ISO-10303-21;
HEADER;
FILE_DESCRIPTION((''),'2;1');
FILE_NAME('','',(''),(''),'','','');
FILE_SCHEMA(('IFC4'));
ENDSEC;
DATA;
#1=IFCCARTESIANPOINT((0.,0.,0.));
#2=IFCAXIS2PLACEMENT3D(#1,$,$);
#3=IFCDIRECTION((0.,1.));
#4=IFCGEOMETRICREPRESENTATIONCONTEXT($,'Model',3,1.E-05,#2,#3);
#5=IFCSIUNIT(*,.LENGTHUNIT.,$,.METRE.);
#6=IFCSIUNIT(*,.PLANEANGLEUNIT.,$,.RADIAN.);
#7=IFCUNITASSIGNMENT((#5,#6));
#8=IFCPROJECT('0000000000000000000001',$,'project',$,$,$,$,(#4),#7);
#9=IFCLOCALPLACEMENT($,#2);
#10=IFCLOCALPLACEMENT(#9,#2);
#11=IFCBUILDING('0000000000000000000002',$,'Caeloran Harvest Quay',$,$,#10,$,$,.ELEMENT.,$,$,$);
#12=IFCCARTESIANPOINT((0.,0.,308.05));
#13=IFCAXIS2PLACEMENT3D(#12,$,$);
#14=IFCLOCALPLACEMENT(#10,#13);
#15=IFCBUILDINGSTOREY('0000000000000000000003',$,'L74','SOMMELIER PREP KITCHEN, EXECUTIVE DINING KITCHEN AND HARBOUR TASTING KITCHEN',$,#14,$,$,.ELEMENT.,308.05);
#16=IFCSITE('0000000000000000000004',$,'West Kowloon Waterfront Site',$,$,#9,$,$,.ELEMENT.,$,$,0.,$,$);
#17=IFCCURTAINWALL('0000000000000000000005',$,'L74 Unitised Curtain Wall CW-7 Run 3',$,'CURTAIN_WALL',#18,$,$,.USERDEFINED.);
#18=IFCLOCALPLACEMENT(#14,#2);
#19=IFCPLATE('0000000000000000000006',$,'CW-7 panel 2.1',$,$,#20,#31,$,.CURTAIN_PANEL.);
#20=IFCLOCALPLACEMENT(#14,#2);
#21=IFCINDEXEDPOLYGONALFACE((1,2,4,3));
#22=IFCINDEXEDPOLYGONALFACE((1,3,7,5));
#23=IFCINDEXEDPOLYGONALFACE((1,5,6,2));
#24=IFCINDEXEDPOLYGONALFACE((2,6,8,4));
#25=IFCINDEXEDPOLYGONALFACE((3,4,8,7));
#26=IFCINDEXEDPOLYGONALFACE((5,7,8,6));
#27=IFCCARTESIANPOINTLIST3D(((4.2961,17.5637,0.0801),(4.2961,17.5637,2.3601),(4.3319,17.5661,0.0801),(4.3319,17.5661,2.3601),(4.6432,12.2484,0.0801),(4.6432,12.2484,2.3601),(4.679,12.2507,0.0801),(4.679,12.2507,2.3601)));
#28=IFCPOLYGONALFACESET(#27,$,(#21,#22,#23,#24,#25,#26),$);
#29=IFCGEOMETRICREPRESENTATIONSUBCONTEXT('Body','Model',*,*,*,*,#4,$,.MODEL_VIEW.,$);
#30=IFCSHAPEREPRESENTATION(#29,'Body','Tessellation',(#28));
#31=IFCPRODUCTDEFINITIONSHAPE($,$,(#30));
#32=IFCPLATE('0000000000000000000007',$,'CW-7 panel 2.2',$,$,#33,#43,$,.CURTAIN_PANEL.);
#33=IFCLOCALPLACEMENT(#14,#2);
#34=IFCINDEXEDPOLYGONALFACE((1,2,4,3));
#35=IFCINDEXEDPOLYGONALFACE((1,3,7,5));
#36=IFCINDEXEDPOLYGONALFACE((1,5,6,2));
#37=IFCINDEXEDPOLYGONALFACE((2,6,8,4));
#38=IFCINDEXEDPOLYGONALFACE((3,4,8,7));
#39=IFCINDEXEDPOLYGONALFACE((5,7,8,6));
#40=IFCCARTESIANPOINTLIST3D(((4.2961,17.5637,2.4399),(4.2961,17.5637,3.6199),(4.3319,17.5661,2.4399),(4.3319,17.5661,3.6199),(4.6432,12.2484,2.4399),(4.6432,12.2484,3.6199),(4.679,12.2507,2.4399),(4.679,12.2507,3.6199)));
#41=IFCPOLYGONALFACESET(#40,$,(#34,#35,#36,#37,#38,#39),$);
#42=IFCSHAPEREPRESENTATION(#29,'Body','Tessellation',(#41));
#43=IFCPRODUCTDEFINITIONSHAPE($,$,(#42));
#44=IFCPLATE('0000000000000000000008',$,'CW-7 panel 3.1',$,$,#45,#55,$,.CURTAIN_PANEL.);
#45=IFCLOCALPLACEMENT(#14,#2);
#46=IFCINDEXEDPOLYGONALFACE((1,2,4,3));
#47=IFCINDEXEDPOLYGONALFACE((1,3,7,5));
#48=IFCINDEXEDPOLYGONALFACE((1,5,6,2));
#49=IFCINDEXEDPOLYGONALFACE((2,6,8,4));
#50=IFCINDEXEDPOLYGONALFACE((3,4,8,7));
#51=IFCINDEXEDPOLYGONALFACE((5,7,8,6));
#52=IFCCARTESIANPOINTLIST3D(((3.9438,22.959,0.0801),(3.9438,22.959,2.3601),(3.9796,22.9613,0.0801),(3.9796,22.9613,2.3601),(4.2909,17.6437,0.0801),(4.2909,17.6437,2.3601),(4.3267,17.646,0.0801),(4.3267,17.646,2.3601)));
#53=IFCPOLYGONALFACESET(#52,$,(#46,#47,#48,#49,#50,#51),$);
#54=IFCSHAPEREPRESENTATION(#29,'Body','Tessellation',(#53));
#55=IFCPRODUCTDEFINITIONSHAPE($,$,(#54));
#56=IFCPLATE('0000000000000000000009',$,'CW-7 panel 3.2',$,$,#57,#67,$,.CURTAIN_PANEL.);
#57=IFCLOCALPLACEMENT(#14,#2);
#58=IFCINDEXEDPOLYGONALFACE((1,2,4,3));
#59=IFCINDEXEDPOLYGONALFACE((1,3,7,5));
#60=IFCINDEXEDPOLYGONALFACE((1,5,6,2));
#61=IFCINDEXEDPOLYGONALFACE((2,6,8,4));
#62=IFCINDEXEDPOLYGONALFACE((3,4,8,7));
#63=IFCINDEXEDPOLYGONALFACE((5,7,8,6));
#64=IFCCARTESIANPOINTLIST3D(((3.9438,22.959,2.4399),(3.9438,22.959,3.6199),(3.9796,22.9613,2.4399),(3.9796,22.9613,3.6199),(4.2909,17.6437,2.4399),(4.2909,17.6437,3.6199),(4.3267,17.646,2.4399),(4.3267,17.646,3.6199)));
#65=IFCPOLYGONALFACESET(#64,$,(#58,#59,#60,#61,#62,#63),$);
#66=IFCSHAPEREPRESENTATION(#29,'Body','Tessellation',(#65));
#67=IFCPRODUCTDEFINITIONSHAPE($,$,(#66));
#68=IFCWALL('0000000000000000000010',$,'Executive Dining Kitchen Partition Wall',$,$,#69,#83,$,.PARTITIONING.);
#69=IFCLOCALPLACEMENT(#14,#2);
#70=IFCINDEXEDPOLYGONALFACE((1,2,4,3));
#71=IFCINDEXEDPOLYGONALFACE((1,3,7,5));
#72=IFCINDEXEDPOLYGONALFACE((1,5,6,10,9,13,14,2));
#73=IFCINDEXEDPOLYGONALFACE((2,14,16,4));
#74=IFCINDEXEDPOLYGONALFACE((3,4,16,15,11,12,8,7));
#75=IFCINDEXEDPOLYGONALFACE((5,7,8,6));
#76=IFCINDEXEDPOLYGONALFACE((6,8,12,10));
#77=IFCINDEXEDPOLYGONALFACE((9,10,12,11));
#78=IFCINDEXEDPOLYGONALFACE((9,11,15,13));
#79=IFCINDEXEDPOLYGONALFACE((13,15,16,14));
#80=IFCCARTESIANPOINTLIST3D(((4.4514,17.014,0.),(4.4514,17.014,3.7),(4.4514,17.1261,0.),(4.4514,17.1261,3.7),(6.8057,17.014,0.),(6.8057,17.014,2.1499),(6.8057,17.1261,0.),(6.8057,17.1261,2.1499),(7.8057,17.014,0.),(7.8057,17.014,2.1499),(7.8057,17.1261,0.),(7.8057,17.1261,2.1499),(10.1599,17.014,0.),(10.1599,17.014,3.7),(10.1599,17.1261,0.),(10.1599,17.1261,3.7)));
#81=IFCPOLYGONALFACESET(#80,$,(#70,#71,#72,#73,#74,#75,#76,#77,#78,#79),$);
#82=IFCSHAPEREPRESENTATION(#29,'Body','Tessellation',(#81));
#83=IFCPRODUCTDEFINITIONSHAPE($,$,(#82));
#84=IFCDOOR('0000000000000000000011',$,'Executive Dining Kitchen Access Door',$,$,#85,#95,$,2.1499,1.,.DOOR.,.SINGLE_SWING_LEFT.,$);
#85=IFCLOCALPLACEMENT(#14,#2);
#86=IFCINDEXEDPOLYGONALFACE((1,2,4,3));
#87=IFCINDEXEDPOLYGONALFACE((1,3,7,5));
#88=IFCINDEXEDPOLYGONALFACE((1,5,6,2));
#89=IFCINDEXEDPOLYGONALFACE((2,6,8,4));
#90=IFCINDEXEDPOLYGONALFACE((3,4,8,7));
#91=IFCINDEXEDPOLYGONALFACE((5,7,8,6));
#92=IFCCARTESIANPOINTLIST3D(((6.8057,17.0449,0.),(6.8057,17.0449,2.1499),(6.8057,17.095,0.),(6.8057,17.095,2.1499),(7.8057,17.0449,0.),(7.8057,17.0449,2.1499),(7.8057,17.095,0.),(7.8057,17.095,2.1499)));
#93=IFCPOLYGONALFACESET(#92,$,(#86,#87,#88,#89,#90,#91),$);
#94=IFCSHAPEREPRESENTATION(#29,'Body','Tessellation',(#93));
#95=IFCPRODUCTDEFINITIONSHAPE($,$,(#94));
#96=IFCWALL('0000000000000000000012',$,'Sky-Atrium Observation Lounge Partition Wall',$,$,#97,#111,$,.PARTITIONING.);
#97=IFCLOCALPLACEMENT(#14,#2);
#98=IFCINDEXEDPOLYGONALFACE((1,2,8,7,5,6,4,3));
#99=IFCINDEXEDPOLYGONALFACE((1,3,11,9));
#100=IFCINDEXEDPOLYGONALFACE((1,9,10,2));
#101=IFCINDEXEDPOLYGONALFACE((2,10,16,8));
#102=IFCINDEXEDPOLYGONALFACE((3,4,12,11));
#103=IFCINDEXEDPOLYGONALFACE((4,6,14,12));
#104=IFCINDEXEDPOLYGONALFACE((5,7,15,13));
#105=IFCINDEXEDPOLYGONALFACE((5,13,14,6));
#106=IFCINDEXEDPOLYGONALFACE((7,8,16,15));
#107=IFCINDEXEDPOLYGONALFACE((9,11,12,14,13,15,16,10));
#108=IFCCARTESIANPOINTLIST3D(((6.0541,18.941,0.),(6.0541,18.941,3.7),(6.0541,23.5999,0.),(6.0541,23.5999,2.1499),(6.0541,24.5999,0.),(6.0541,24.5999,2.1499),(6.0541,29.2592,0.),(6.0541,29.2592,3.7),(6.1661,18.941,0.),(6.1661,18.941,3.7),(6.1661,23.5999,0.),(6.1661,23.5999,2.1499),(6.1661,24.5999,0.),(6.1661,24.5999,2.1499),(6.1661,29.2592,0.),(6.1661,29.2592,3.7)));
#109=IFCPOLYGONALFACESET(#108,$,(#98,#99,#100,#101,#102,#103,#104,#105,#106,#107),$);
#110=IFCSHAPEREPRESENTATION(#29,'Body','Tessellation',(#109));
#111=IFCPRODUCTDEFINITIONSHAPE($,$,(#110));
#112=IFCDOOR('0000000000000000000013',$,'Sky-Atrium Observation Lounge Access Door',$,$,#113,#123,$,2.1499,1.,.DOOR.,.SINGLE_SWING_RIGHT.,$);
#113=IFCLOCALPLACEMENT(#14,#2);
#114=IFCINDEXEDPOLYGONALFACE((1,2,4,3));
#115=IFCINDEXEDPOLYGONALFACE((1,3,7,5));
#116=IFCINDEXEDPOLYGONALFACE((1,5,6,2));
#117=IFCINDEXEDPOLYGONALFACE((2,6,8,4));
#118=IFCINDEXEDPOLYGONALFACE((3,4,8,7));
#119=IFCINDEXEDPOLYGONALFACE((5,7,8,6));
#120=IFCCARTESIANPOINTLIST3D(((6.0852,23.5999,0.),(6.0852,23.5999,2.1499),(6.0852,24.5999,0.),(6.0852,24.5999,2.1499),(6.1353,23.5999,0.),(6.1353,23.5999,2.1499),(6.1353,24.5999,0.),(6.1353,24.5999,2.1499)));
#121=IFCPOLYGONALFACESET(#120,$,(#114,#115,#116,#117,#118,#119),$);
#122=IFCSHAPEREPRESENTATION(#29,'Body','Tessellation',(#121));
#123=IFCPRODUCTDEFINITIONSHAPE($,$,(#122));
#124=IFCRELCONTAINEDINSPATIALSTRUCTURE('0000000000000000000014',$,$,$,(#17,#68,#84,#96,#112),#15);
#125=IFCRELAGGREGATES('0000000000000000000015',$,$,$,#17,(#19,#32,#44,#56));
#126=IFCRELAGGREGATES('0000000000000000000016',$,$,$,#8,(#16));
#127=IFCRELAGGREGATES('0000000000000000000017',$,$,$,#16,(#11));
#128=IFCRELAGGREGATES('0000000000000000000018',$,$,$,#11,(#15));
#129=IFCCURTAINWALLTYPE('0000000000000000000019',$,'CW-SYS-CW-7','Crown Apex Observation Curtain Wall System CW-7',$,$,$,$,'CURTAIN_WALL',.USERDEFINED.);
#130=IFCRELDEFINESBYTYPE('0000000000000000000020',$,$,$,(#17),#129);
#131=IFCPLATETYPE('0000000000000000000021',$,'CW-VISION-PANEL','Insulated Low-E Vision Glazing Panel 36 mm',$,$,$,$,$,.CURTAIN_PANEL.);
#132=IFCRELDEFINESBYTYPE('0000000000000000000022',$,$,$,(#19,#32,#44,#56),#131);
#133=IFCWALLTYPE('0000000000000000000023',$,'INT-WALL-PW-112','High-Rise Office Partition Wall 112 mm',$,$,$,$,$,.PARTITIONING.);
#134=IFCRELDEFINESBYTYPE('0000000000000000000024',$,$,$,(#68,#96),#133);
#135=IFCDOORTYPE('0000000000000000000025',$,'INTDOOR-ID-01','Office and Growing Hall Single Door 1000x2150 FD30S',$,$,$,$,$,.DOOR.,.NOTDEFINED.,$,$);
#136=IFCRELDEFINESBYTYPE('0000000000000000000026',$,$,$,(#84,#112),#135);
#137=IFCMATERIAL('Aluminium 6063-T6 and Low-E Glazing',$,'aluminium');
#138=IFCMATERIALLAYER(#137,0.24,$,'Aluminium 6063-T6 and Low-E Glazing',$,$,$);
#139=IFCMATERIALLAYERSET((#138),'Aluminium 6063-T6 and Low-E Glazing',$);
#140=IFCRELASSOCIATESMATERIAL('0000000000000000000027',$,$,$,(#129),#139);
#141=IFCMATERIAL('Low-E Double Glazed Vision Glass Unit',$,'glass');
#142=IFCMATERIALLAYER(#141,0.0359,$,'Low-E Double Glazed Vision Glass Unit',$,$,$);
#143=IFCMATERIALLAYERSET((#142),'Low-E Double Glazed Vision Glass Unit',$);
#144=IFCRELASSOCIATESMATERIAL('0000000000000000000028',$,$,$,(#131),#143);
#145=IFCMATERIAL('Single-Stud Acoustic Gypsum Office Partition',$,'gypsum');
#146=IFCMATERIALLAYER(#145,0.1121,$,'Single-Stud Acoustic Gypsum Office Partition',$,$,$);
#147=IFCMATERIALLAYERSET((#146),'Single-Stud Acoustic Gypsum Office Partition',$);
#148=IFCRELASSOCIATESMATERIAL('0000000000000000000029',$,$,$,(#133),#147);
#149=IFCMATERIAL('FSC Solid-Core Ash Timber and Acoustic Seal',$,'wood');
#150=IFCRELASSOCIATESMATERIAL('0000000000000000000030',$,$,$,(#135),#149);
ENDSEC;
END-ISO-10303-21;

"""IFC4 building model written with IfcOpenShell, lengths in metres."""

from ifc_helpers import new_model, si_unit, direction, frame, frame_2d, origin, origin_2d, place, context, subcontext, project, spatial, rectangle, extrude, material, layer, layer_set, type_object, element, fill, aggregate, save


model = new_model("IFC4")

# Units and contexts
model_context = context("Model", 3, precision=1e-05, world=origin(), true_north=direction((0.0, 1.0)))
body_context = subcontext(model_context, "Body", "Model", "MODEL_VIEW")
ifc_project = project(units=[si_unit("LENGTHUNIT", "METRE"), si_unit("PLANEANGLEUNIT", "RADIAN")], contexts=[model_context])

# Site, building, storey
site_placement = place(None, origin())
site = spatial("IfcSite", under=ifc_project, at=site_placement, Name="West Kowloon Waterfront Site", CompositionType="ELEMENT", RefElevation=0.0)
building_placement = place(site_placement, origin())
building = spatial("IfcBuilding", under=site, at=building_placement, Name="Caeloran Harvest Quay", CompositionType="ELEMENT")
storey_placement = place(building_placement, frame((0.0, 0.0, 308.05)))
storey = spatial("IfcBuildingStorey", under=building, at=storey_placement, Name="L74", Description="SOMMELIER PREP KITCHEN, EXECUTIVE DINING KITCHEN AND HARBOUR TASTING KITCHEN", CompositionType="ELEMENT", Elevation=308.05)

# Curtain wall, plates
ifc_material_1 = material(Name="Aluminium 6063-T6 and Low-E Glazing", Category="aluminium")
ifc_layer_1 = layer(ifc_material_1, 0.24, Name="Aluminium 6063-T6 and Low-E Glazing")
ifc_layer_set_1 = layer_set([ifc_layer_1], Name="Aluminium 6063-T6 and Low-E Glazing")
curtain_wall_type = type_object("IfcCurtainWallType", Name="CW-SYS-CW-7", Description="Crown Apex Observation Curtain Wall System CW-7", ElementType="CURTAIN_WALL", PredefinedType="USERDEFINED", material=ifc_layer_set_1)
curtain_wall_placement = place(storey_placement, origin())
curtain_wall = element("IfcCurtainWall", 1, at=curtain_wall_placement, inside=storey, type_object=curtain_wall_type, Name="L74 Unitised Curtain Wall CW-7 Run 3", ObjectType="CURTAIN_WALL", PredefinedType="USERDEFINED")
ifc_material_2 = material(Name="Low-E Double Glazed Vision Glass Unit", Category="glass")
ifc_layer_2 = layer(ifc_material_2, 0.0359, Name="Low-E Double Glazed Vision Glass Unit")
ifc_layer_set_2 = layer_set([ifc_layer_2], Name="Low-E Double Glazed Vision Glass Unit")
plate_type = type_object("IfcPlateType", Name="CW-VISION-PANEL", Description="Insulated Low-E Vision Glazing Panel 36 mm", PredefinedType="CURTAIN_PANEL", material=ifc_layer_set_2)
plate_1_placement = place(storey_placement, frame((4.4875, 14.9072, 0.0801), z_axis=(0.0, 0.0, 1.0), x_axis=(-0.065167, 0.997874, 0.0)))
plate_1 = element("IfcPlate", 2, at=plate_1_placement, type_object=plate_type, Name="CW-7 panel 2.1", PredefinedType="CURTAIN_PANEL", context=body_context, shape_type="SweptSolid", body=[
    extrude(rectangle(XDim=5.3267, YDim=0.0359, at=origin_2d()), origin(), (0.0, 0.0, 1.0), 2.28),
])
plate_2_placement = place(storey_placement, frame((4.4875, 14.9072, 2.4399), z_axis=(0.0, 0.0, 1.0), x_axis=(-0.065167, 0.997874, 0.0)))
plate_2 = element("IfcPlate", 3, at=plate_2_placement, type_object=plate_type, Name="CW-7 panel 2.2", PredefinedType="CURTAIN_PANEL", context=body_context, shape_type="SweptSolid", body=[
    extrude(rectangle(XDim=5.3267, YDim=0.0359, at=origin_2d()), origin(), (0.0, 0.0, 1.0), 1.1799),
])
plate_3_placement = place(storey_placement, frame((4.1353, 20.3025, 0.0801), z_axis=(0.0, 0.0, 1.0), x_axis=(-0.065167, 0.997874, 0.0)))
plate_3 = element("IfcPlate", 4, at=plate_3_placement, type_object=plate_type, Name="CW-7 panel 3.1", PredefinedType="CURTAIN_PANEL", context=body_context, shape_type="SweptSolid", body=[
    extrude(rectangle(XDim=5.3267, YDim=0.0359, at=origin_2d()), origin(), (0.0, 0.0, 1.0), 2.28),
])
plate_4_placement = place(storey_placement, frame((4.1353, 20.3025, 2.4399), z_axis=(0.0, 0.0, 1.0), x_axis=(-0.065167, 0.997874, 0.0)))
plate_4 = element("IfcPlate", 5, at=plate_4_placement, type_object=plate_type, Name="CW-7 panel 3.2", PredefinedType="CURTAIN_PANEL", context=body_context, shape_type="SweptSolid", body=[
    extrude(rectangle(XDim=5.3267, YDim=0.0359, at=origin_2d()), origin(), (0.0, 0.0, 1.0), 1.1799),
])
aggregate(curtain_wall, [plate_1, plate_2, plate_3, plate_4])

# Walls, openings, doors
ifc_material_3 = material(Name="Single-Stud Acoustic Gypsum Office Partition", Category="gypsum")
ifc_layer_3 = layer(ifc_material_3, 0.1121, Name="Single-Stud Acoustic Gypsum Office Partition")
ifc_layer_set_3 = layer_set([ifc_layer_3], Name="Single-Stud Acoustic Gypsum Office Partition")
wall_type = type_object("IfcWallType", Name="INT-WALL-PW-112", Description="High-Rise Office Partition Wall 112 mm", PredefinedType="PARTITIONING", material=ifc_layer_set_3)
wall_1_placement = place(storey_placement, frame((4.4514, 17.0701, 0.0), z_axis=(0.0, 0.0, 1.0), x_axis=(1.0, 0.0, 0.0)))
wall_1 = element("IfcWall", 6, at=wall_1_placement, inside=storey, type_object=wall_type, Name="Executive Dining Kitchen Partition Wall", PredefinedType="PARTITIONING", context=body_context, shape_type="SweptSolid", body=[
    extrude(rectangle(XDim=5.7085, YDim=0.1121, at=frame_2d((2.8542, 0.0))), origin(), (0.0, 0.0, 1.0), 3.7),
])
opening_1_placement = place(wall_1_placement, frame((2.3542, 0.0, 0.0)))
opening_1 = element("IfcOpeningElement", 7, at=opening_1_placement, cuts=wall_1, PredefinedType="OPENING", context=body_context, shape_type="SweptSolid", body=[
    extrude(rectangle(XDim=1.0, YDim=2.1499, at=frame_2d((0.5, 1.075))), frame((0.0, 0.0659, 0.0), z_axis=(0.0, -1.0, 0.0), x_axis=(1.0, 0.0, 0.0)), (0.0, 0.0, 1.0), 0.1321),
])
ifc_material_4 = material(Name="FSC Solid-Core Ash Timber and Acoustic Seal", Category="wood")
door_type = type_object("IfcDoorType", Name="INTDOOR-ID-01", Description="Office and Growing Hall Single Door 1000x2150 FD30S", OperationType="NOTDEFINED", PredefinedType="DOOR", material=ifc_material_4)
door_1_placement = place(opening_1_placement, origin())
door_1 = element("IfcDoor", 8, at=door_1_placement, inside=storey, type_object=door_type, Name="Executive Dining Kitchen Access Door", OperationType="SINGLE_SWING_LEFT", OverallHeight=2.1499, OverallWidth=1.0, PredefinedType="DOOR", context=body_context, shape_type="SweptSolid", body=[
    extrude(rectangle(XDim=1.0, YDim=2.1499, at=frame_2d((0.5, 1.075))), frame((0.0, 0.0249, 0.0), z_axis=(0.0, -1.0, 0.0), x_axis=(1.0, 0.0, 0.0)), (0.0, 0.0, 1.0), 0.05),
])
fill(opening_1, door_1)
wall_2_placement = place(storey_placement, frame((6.1101, 18.9409, 0.0), z_axis=(0.0, 0.0, 1.0), x_axis=(0.0, 1.0, 0.0)))
wall_2 = element("IfcWall", 9, at=wall_2_placement, inside=storey, type_object=wall_type, Name="Sky-Atrium Observation Lounge Partition Wall", PredefinedType="PARTITIONING", context=body_context, shape_type="SweptSolid", body=[
    extrude(rectangle(XDim=10.3181, YDim=0.1121, at=frame_2d((5.1592, 0.0))), origin(), (0.0, 0.0, 1.0), 3.7),
])
opening_2_placement = place(wall_2_placement, frame((4.6589, 0.0, 0.0)))
opening_2 = element("IfcOpeningElement", 10, at=opening_2_placement, cuts=wall_2, PredefinedType="OPENING", context=body_context, shape_type="SweptSolid", body=[
    extrude(rectangle(XDim=1.0, YDim=2.1499, at=frame_2d((0.5, 1.075))), frame((0.0, 0.0659, 0.0), z_axis=(0.0, -1.0, 0.0), x_axis=(1.0, 0.0, 0.0)), (0.0, 0.0, 1.0), 0.1321),
])
door_2_placement = place(opening_2_placement, origin())
door_2 = element("IfcDoor", 11, at=door_2_placement, inside=storey, type_object=door_type, Name="Sky-Atrium Observation Lounge Access Door", OperationType="SINGLE_SWING_RIGHT", OverallHeight=2.1499, OverallWidth=1.0, PredefinedType="DOOR", context=body_context, shape_type="SweptSolid", body=[
    extrude(rectangle(XDim=1.0, YDim=2.1499, at=frame_2d((0.5, 1.075))), frame((0.0, 0.0249, 0.0), z_axis=(0.0, -1.0, 0.0), x_axis=(1.0, 0.0, 0.0)), (0.0, 0.0, 1.0), 0.05),
])
fill(opening_2, door_2)

save(model, "model.ifc")
